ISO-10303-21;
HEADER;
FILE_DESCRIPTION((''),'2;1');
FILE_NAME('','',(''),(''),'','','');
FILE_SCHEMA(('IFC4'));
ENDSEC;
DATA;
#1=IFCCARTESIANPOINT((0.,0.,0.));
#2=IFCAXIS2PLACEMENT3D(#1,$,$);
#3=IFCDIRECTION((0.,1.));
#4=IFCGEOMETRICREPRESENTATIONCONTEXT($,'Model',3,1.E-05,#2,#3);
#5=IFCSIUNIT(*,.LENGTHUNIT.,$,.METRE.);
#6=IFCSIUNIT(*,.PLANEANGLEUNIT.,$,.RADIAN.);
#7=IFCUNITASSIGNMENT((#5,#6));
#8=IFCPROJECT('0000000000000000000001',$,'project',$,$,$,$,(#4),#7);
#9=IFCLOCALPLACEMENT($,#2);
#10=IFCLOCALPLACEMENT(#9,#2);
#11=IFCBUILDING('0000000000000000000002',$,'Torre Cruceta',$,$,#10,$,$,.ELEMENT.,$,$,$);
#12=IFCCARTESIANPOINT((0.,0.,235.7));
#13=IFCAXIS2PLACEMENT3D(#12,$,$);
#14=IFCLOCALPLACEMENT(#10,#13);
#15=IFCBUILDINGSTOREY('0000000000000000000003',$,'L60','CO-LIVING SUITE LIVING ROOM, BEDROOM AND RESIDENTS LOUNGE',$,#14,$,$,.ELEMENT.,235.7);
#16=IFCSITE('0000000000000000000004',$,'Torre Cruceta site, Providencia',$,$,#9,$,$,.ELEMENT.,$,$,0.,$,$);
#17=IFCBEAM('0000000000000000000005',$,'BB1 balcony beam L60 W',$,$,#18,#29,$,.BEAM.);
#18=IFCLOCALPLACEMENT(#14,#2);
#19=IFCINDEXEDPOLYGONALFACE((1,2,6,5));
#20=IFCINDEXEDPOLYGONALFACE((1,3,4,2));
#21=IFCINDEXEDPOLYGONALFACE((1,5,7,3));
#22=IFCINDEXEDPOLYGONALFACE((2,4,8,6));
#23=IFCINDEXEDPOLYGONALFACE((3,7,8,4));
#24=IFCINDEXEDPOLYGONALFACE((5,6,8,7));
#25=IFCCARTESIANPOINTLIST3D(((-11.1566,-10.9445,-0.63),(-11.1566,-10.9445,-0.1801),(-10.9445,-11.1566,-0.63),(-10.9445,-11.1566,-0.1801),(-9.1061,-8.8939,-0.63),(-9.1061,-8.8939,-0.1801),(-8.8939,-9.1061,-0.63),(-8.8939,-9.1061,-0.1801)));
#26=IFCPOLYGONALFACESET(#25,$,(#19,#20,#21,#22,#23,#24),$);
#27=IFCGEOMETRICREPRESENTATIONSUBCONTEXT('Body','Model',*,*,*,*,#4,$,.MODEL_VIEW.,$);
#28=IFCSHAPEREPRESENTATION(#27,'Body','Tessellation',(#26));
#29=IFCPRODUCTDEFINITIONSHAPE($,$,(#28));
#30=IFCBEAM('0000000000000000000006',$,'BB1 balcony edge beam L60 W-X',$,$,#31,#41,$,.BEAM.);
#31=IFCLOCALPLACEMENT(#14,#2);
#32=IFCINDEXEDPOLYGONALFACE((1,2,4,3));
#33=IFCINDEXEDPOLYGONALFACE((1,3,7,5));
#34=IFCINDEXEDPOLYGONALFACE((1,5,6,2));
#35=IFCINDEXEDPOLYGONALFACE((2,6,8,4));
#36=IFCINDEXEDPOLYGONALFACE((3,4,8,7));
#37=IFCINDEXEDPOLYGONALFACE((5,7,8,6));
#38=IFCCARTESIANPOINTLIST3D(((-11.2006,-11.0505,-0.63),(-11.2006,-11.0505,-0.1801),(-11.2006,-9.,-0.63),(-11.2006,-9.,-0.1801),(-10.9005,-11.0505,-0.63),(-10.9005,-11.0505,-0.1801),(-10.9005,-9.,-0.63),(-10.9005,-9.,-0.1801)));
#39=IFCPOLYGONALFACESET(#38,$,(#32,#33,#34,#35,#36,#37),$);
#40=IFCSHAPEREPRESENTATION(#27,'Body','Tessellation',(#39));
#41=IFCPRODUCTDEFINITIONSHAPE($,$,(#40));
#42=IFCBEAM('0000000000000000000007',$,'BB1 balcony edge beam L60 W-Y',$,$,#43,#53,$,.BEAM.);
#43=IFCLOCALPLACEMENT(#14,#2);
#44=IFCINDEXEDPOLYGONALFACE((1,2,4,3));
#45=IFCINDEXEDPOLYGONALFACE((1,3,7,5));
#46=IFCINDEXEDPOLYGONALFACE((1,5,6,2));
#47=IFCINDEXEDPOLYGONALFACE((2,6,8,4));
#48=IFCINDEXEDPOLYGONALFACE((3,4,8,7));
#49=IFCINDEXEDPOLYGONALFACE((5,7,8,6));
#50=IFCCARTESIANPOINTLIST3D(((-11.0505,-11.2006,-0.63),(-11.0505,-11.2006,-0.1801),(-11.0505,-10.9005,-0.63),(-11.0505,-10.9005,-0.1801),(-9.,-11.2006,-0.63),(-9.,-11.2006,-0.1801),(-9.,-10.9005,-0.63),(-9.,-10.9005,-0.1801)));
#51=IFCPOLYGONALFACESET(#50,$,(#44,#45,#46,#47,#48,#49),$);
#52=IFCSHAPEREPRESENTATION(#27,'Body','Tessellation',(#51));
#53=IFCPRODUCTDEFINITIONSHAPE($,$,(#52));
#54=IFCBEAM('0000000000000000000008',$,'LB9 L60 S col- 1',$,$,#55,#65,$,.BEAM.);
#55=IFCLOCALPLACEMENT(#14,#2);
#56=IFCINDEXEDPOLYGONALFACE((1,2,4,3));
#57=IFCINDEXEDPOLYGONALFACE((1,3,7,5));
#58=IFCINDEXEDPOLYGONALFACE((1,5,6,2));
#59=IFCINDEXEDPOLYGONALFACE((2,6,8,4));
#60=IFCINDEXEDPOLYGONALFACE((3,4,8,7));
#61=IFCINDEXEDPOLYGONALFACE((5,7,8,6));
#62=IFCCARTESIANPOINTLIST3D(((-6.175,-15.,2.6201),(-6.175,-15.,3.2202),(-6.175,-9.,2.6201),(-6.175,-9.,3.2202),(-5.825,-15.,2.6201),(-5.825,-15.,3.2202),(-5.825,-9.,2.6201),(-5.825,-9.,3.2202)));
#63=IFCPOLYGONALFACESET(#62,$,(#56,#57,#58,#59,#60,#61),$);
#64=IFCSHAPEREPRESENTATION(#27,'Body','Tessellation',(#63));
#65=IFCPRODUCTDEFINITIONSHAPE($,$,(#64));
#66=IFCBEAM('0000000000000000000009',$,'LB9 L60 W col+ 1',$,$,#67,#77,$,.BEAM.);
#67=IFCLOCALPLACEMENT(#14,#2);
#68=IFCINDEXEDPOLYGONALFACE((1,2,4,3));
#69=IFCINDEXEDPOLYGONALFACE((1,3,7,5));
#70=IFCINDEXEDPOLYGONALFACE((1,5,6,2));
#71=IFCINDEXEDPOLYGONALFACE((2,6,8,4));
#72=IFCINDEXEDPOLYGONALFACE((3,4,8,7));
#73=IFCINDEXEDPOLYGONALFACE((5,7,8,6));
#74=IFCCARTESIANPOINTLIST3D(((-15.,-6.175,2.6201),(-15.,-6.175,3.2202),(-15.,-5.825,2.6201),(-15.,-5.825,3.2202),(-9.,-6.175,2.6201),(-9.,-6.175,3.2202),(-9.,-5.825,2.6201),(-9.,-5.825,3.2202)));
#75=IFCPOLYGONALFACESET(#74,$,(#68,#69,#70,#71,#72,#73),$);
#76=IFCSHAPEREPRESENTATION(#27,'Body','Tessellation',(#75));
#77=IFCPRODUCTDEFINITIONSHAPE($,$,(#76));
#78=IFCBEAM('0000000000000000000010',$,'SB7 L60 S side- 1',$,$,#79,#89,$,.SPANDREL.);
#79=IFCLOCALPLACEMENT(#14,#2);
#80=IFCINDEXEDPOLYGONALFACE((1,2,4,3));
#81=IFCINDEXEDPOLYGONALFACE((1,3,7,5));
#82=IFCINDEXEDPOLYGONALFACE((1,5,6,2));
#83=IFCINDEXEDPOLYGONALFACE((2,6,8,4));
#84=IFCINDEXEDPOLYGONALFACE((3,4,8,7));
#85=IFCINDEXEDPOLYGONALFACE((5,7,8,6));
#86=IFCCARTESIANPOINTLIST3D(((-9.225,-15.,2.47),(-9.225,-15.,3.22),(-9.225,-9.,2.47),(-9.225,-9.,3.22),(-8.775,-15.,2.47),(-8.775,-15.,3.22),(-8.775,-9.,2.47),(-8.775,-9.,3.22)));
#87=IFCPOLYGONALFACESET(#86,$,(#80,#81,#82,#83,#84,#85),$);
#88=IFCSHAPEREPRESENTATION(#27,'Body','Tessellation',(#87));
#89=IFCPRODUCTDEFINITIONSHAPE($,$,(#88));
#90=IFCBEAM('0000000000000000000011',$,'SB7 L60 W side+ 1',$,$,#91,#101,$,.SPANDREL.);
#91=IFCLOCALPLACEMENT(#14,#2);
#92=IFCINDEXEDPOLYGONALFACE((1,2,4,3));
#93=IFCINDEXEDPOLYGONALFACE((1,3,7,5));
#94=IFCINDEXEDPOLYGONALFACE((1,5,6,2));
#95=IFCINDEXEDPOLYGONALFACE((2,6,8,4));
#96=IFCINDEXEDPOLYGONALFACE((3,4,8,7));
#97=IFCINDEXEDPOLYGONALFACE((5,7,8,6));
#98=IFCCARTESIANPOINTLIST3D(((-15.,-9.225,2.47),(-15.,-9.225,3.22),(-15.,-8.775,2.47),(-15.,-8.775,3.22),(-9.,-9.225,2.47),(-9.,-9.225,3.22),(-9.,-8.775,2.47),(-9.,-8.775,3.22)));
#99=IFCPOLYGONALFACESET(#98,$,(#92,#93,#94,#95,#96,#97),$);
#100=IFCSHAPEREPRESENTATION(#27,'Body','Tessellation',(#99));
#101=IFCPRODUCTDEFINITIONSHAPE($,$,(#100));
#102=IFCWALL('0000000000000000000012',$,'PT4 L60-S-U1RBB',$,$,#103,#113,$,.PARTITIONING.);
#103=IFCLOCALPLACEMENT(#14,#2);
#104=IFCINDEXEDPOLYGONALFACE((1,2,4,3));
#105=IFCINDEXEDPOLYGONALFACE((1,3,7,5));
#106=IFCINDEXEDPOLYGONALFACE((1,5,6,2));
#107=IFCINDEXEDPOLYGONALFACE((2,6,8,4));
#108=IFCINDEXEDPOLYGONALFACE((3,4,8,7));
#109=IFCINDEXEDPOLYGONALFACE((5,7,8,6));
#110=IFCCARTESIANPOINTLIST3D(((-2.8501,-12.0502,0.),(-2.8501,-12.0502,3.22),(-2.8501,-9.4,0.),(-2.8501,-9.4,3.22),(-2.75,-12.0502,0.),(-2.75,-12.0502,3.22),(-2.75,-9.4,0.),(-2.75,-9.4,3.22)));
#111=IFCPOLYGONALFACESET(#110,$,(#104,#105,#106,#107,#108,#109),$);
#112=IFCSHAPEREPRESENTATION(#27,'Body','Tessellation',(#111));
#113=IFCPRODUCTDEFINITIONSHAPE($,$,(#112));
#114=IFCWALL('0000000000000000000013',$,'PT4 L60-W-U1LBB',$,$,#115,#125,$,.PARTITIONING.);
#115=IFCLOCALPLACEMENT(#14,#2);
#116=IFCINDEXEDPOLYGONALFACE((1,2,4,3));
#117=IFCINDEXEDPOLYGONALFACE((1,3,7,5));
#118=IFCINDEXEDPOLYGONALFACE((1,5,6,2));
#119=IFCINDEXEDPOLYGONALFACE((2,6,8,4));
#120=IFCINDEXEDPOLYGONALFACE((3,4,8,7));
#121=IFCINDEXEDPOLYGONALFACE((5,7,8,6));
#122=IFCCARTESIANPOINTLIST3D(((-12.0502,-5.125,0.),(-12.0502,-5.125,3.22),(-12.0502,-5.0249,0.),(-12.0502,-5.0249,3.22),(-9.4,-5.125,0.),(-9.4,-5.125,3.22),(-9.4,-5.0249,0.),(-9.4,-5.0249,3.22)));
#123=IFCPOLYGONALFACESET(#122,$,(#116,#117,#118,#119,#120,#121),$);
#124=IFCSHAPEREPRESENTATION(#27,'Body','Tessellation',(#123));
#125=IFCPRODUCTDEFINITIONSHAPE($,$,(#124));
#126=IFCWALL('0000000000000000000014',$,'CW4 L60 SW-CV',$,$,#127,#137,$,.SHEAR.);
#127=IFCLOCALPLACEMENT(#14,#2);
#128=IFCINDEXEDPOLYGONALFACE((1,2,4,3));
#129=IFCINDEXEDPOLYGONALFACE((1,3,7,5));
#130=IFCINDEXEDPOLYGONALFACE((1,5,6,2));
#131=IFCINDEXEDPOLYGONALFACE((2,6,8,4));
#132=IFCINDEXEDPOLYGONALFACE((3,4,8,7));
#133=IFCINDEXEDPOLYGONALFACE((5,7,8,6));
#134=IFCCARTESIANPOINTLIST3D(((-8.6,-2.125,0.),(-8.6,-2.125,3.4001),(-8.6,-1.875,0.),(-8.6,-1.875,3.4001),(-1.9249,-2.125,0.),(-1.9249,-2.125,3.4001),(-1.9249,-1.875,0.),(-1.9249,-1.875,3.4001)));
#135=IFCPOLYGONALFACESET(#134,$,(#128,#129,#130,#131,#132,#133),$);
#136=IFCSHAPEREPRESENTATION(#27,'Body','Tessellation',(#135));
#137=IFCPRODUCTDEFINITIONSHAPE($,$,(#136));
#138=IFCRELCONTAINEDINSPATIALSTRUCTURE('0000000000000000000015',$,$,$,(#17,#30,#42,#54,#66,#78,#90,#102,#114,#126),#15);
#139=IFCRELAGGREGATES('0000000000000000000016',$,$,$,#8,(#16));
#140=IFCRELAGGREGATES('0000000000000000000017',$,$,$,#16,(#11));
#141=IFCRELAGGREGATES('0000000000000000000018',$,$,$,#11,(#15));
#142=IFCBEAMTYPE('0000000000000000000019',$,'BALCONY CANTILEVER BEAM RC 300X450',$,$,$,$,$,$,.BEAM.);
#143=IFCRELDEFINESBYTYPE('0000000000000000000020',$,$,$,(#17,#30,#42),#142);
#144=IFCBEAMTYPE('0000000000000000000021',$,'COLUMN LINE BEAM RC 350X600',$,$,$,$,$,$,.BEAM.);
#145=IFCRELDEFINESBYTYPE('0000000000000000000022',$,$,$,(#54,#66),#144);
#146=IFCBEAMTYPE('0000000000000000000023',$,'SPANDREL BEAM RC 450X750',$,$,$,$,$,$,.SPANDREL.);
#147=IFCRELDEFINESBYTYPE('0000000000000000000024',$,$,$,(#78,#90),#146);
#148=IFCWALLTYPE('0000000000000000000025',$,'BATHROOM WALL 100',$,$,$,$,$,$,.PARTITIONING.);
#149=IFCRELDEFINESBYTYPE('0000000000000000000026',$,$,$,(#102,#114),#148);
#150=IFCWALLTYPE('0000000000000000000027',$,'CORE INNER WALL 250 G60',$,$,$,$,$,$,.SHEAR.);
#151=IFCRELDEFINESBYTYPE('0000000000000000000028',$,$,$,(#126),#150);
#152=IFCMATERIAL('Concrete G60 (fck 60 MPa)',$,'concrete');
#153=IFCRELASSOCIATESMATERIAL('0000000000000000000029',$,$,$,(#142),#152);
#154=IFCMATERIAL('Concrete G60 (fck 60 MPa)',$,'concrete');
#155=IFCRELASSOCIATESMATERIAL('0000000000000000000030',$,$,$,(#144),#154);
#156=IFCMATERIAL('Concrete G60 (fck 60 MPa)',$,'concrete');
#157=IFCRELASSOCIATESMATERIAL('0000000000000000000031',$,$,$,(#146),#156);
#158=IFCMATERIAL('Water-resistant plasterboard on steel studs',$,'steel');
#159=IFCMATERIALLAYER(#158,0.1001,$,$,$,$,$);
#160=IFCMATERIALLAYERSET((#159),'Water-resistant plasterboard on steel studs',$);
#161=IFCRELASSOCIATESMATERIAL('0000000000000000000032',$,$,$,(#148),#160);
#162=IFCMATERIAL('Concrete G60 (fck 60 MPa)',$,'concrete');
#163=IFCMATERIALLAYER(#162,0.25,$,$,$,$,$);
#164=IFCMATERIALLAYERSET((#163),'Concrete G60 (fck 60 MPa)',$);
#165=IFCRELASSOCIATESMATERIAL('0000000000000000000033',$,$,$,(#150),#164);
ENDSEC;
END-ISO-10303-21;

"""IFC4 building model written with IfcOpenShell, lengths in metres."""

from ifc_helpers import new_model, si_unit, direction, frame, frame_2d, origin, origin_2d, place, context, subcontext, project, spatial, rectangle, extrude, material, layer, layer_set, material_profile, profile_set, type_object, element, save


model = new_model("IFC4")

# Units and contexts
model_context = context("Model", 3, precision=1e-05, world=origin(), true_north=direction((0.0, 1.0)))
body_context = subcontext(model_context, "Body", "Model", "MODEL_VIEW")
ifc_project = project(units=[si_unit("LENGTHUNIT", "METRE"), si_unit("PLANEANGLEUNIT", "RADIAN")], contexts=[model_context])

# Site, building, storey
site_placement = place(None, origin())
site = spatial("IfcSite", under=ifc_project, at=site_placement, Name="Torre Cruceta site, Providencia", CompositionType="ELEMENT", RefElevation=0.0)
building_placement = place(site_placement, origin())
building = spatial("IfcBuilding", under=site, at=building_placement, Name="Torre Cruceta", CompositionType="ELEMENT")
storey_placement = place(building_placement, frame((0.0, 0.0, 235.7)))
storey = spatial("IfcBuildingStorey", under=building, at=storey_placement, Name="L60", Description="CO-LIVING SUITE LIVING ROOM, BEDROOM AND RESIDENTS LOUNGE", CompositionType="ELEMENT", Elevation=235.7)

# Beams
ifc_material_1 = material(Name="Concrete G60 (fck 60 MPa)", Category="concrete")
ifc_material_profile_1 = material_profile(ifc_material_1, rectangle(XDim=0.3, YDim=0.45, at=origin_2d()), Name="RC 300X450")
ifc_profile_set_1 = profile_set([ifc_material_profile_1], Name="Concrete G60 (fck 60 MPa)")
beam_type_1 = type_object("IfcBeamType", Name="BALCONY CANTILEVER BEAM RC 300X450", PredefinedType="BEAM", material=ifc_profile_set_1)
beam_placement = place(storey_placement, frame((-9.0, -9.0, -0.405), z_axis=(-0.707107, -0.707107, 0.0), x_axis=(0.707107, -0.707107, 0.0)))
element("IfcBeam", 1, at=beam_placement, inside=storey, type_object=beam_type_1, Name="BB1 balcony beam L60 W", PredefinedType="BEAM", context=body_context, shape_type="SweptSolid", body=[
    extrude(rectangle(XDim=0.3, YDim=0.45, at=origin_2d()), origin(), (0.0, 0.0, 1.0), 2.8999),
])
for number, where, z_axis, x_axis, name in (
    (2, (-11.0505, -9.0, -0.405), (0.0, -1.0, 0.0), (1.0, 0.0, 0.0), "BB1 balcony edge beam L60 W-X"),
    (3, (-9.0, -11.0505, -0.405), (-1.0, 0.0, 0.0), (0.0, -1.0, 0.0), "BB1 balcony edge beam L60 W-Y"),
):
    element("IfcBeam", number, at=place(storey_placement, frame(where, z_axis=z_axis, x_axis=x_axis)), inside=storey, type_object=beam_type_1, Name=name, PredefinedType="BEAM", context=body_context, shape_type="SweptSolid", body=[
        extrude(rectangle(XDim=0.3, YDim=0.45, at=origin_2d()), origin(), (0.0, 0.0, 1.0), 2.0505),
    ])
ifc_material_2 = material(Name="Concrete G60 (fck 60 MPa)", Category="concrete")
ifc_material_profile_2 = material_profile(ifc_material_2, rectangle(XDim=0.3501, YDim=0.6001, at=origin_2d()), Name="RC 350X600")
ifc_profile_set_2 = profile_set([ifc_material_profile_2], Name="Concrete G60 (fck 60 MPa)")
beam_type_2 = type_object("IfcBeamType", Name="COLUMN LINE BEAM RC 350X600", PredefinedType="BEAM", material=ifc_profile_set_2)
for number, where, z_axis, x_axis, name in (
    (4, (-6.0, -9.0, 2.9202), (0.0, -1.0, 0.0), (1.0, 0.0, 0.0), "LB9 L60 S col- 1"),
    (5, (-9.0, -6.0, 2.9202), (-1.0, 0.0, 0.0), (0.0, -1.0, 0.0), "LB9 L60 W col+ 1"),
):
    element("IfcBeam", number, at=place(storey_placement, frame(where, z_axis=z_axis, x_axis=x_axis)), inside=storey, type_object=beam_type_2, Name=name, PredefinedType="BEAM", context=body_context, shape_type="SweptSolid", body=[
        extrude(rectangle(XDim=0.3501, YDim=0.6001, at=origin_2d()), origin(), (0.0, 0.0, 1.0), 6.0),
    ])
ifc_material_3 = material(Name="Concrete G60 (fck 60 MPa)", Category="concrete")
ifc_material_profile_3 = material_profile(ifc_material_3, rectangle(XDim=0.45, YDim=0.75, at=origin_2d()), Name="RC 450X750")
ifc_profile_set_3 = profile_set([ifc_material_profile_3], Name="Concrete G60 (fck 60 MPa)")
beam_type_3 = type_object("IfcBeamType", Name="SPANDREL BEAM RC 450X750", PredefinedType="SPANDREL", material=ifc_profile_set_3)
for number, where, z_axis, x_axis, name in (
    (6, (-9.0, -9.0, 2.845), (0.0, -1.0, 0.0), (1.0, 0.0, 0.0), "SB7 L60 S side- 1"),
    (7, (-9.0, -9.0, 2.845), (-1.0, 0.0, 0.0), (0.0, -1.0, 0.0), "SB7 L60 W side+ 1"),
):
    element("IfcBeam", number, at=place(storey_placement, frame(where, z_axis=z_axis, x_axis=x_axis)), inside=storey, type_object=beam_type_3, Name=name, PredefinedType="SPANDREL", context=body_context, shape_type="SweptSolid", body=[
        extrude(rectangle(XDim=0.45, YDim=0.75, at=origin_2d()), origin(), (0.0, 0.0, 1.0), 6.0),
    ])

# Walls
ifc_material_4 = material(Name="Water-resistant plasterboard on steel studs", Category="steel")
ifc_layer_1 = layer(ifc_material_4, 0.1001)
ifc_layer_set_1 = layer_set([ifc_layer_1], Name="Water-resistant plasterboard on steel studs")
wall_type_1 = type_object("IfcWallType", Name="BATHROOM WALL 100", PredefinedType="PARTITIONING", material=ifc_layer_set_1)
for number, where, z_axis, x_axis, name in (
    (8, (-2.8, -9.3999, 0.0), (0.0, 0.0, 1.0), (0.0, -1.0, 0.0), "PT4 L60-S-U1RBB"),
    (9, (-9.3999, -5.075, 0.0), (0.0, 0.0, 1.0), (-1.0, 0.0, 0.0), "PT4 L60-W-U1LBB"),
):
    element("IfcWall", number, at=place(storey_placement, frame(where, z_axis=z_axis, x_axis=x_axis)), inside=storey, type_object=wall_type_1, Name=name, PredefinedType="PARTITIONING", context=body_context, shape_type="SweptSolid", body=[
        extrude(rectangle(XDim=2.6501, YDim=0.1001, at=frame_2d((1.3252, 0.0))), origin(), (0.0, 0.0, 1.0), 3.22),
    ])
ifc_material_5 = material(Name="Concrete G60 (fck 60 MPa)", Category="concrete")
ifc_layer_2 = layer(ifc_material_5, 0.25)
ifc_layer_set_2 = layer_set([ifc_layer_2], Name="Concrete G60 (fck 60 MPa)")
wall_type_2 = type_object("IfcWallType", Name="CORE INNER WALL 250 G60", PredefinedType="SHEAR", material=ifc_layer_set_2)
wall_1_placement = place(storey_placement, frame((-1.925, -2.0, 0.0), z_axis=(0.0, 0.0, 1.0), x_axis=(-1.0, 0.0, 0.0)))
element("IfcWall", 10, at=wall_1_placement, inside=storey, type_object=wall_type_2, Name="CW4 L60 SW-CV", PredefinedType="SHEAR", context=body_context, shape_type="SweptSolid", body=[
    extrude(rectangle(XDim=6.675, YDim=0.25, at=frame_2d((3.3374, 0.0))), origin(), (0.0, 0.0, 1.0), 3.4001),
])

save(model, "model.ifc")
